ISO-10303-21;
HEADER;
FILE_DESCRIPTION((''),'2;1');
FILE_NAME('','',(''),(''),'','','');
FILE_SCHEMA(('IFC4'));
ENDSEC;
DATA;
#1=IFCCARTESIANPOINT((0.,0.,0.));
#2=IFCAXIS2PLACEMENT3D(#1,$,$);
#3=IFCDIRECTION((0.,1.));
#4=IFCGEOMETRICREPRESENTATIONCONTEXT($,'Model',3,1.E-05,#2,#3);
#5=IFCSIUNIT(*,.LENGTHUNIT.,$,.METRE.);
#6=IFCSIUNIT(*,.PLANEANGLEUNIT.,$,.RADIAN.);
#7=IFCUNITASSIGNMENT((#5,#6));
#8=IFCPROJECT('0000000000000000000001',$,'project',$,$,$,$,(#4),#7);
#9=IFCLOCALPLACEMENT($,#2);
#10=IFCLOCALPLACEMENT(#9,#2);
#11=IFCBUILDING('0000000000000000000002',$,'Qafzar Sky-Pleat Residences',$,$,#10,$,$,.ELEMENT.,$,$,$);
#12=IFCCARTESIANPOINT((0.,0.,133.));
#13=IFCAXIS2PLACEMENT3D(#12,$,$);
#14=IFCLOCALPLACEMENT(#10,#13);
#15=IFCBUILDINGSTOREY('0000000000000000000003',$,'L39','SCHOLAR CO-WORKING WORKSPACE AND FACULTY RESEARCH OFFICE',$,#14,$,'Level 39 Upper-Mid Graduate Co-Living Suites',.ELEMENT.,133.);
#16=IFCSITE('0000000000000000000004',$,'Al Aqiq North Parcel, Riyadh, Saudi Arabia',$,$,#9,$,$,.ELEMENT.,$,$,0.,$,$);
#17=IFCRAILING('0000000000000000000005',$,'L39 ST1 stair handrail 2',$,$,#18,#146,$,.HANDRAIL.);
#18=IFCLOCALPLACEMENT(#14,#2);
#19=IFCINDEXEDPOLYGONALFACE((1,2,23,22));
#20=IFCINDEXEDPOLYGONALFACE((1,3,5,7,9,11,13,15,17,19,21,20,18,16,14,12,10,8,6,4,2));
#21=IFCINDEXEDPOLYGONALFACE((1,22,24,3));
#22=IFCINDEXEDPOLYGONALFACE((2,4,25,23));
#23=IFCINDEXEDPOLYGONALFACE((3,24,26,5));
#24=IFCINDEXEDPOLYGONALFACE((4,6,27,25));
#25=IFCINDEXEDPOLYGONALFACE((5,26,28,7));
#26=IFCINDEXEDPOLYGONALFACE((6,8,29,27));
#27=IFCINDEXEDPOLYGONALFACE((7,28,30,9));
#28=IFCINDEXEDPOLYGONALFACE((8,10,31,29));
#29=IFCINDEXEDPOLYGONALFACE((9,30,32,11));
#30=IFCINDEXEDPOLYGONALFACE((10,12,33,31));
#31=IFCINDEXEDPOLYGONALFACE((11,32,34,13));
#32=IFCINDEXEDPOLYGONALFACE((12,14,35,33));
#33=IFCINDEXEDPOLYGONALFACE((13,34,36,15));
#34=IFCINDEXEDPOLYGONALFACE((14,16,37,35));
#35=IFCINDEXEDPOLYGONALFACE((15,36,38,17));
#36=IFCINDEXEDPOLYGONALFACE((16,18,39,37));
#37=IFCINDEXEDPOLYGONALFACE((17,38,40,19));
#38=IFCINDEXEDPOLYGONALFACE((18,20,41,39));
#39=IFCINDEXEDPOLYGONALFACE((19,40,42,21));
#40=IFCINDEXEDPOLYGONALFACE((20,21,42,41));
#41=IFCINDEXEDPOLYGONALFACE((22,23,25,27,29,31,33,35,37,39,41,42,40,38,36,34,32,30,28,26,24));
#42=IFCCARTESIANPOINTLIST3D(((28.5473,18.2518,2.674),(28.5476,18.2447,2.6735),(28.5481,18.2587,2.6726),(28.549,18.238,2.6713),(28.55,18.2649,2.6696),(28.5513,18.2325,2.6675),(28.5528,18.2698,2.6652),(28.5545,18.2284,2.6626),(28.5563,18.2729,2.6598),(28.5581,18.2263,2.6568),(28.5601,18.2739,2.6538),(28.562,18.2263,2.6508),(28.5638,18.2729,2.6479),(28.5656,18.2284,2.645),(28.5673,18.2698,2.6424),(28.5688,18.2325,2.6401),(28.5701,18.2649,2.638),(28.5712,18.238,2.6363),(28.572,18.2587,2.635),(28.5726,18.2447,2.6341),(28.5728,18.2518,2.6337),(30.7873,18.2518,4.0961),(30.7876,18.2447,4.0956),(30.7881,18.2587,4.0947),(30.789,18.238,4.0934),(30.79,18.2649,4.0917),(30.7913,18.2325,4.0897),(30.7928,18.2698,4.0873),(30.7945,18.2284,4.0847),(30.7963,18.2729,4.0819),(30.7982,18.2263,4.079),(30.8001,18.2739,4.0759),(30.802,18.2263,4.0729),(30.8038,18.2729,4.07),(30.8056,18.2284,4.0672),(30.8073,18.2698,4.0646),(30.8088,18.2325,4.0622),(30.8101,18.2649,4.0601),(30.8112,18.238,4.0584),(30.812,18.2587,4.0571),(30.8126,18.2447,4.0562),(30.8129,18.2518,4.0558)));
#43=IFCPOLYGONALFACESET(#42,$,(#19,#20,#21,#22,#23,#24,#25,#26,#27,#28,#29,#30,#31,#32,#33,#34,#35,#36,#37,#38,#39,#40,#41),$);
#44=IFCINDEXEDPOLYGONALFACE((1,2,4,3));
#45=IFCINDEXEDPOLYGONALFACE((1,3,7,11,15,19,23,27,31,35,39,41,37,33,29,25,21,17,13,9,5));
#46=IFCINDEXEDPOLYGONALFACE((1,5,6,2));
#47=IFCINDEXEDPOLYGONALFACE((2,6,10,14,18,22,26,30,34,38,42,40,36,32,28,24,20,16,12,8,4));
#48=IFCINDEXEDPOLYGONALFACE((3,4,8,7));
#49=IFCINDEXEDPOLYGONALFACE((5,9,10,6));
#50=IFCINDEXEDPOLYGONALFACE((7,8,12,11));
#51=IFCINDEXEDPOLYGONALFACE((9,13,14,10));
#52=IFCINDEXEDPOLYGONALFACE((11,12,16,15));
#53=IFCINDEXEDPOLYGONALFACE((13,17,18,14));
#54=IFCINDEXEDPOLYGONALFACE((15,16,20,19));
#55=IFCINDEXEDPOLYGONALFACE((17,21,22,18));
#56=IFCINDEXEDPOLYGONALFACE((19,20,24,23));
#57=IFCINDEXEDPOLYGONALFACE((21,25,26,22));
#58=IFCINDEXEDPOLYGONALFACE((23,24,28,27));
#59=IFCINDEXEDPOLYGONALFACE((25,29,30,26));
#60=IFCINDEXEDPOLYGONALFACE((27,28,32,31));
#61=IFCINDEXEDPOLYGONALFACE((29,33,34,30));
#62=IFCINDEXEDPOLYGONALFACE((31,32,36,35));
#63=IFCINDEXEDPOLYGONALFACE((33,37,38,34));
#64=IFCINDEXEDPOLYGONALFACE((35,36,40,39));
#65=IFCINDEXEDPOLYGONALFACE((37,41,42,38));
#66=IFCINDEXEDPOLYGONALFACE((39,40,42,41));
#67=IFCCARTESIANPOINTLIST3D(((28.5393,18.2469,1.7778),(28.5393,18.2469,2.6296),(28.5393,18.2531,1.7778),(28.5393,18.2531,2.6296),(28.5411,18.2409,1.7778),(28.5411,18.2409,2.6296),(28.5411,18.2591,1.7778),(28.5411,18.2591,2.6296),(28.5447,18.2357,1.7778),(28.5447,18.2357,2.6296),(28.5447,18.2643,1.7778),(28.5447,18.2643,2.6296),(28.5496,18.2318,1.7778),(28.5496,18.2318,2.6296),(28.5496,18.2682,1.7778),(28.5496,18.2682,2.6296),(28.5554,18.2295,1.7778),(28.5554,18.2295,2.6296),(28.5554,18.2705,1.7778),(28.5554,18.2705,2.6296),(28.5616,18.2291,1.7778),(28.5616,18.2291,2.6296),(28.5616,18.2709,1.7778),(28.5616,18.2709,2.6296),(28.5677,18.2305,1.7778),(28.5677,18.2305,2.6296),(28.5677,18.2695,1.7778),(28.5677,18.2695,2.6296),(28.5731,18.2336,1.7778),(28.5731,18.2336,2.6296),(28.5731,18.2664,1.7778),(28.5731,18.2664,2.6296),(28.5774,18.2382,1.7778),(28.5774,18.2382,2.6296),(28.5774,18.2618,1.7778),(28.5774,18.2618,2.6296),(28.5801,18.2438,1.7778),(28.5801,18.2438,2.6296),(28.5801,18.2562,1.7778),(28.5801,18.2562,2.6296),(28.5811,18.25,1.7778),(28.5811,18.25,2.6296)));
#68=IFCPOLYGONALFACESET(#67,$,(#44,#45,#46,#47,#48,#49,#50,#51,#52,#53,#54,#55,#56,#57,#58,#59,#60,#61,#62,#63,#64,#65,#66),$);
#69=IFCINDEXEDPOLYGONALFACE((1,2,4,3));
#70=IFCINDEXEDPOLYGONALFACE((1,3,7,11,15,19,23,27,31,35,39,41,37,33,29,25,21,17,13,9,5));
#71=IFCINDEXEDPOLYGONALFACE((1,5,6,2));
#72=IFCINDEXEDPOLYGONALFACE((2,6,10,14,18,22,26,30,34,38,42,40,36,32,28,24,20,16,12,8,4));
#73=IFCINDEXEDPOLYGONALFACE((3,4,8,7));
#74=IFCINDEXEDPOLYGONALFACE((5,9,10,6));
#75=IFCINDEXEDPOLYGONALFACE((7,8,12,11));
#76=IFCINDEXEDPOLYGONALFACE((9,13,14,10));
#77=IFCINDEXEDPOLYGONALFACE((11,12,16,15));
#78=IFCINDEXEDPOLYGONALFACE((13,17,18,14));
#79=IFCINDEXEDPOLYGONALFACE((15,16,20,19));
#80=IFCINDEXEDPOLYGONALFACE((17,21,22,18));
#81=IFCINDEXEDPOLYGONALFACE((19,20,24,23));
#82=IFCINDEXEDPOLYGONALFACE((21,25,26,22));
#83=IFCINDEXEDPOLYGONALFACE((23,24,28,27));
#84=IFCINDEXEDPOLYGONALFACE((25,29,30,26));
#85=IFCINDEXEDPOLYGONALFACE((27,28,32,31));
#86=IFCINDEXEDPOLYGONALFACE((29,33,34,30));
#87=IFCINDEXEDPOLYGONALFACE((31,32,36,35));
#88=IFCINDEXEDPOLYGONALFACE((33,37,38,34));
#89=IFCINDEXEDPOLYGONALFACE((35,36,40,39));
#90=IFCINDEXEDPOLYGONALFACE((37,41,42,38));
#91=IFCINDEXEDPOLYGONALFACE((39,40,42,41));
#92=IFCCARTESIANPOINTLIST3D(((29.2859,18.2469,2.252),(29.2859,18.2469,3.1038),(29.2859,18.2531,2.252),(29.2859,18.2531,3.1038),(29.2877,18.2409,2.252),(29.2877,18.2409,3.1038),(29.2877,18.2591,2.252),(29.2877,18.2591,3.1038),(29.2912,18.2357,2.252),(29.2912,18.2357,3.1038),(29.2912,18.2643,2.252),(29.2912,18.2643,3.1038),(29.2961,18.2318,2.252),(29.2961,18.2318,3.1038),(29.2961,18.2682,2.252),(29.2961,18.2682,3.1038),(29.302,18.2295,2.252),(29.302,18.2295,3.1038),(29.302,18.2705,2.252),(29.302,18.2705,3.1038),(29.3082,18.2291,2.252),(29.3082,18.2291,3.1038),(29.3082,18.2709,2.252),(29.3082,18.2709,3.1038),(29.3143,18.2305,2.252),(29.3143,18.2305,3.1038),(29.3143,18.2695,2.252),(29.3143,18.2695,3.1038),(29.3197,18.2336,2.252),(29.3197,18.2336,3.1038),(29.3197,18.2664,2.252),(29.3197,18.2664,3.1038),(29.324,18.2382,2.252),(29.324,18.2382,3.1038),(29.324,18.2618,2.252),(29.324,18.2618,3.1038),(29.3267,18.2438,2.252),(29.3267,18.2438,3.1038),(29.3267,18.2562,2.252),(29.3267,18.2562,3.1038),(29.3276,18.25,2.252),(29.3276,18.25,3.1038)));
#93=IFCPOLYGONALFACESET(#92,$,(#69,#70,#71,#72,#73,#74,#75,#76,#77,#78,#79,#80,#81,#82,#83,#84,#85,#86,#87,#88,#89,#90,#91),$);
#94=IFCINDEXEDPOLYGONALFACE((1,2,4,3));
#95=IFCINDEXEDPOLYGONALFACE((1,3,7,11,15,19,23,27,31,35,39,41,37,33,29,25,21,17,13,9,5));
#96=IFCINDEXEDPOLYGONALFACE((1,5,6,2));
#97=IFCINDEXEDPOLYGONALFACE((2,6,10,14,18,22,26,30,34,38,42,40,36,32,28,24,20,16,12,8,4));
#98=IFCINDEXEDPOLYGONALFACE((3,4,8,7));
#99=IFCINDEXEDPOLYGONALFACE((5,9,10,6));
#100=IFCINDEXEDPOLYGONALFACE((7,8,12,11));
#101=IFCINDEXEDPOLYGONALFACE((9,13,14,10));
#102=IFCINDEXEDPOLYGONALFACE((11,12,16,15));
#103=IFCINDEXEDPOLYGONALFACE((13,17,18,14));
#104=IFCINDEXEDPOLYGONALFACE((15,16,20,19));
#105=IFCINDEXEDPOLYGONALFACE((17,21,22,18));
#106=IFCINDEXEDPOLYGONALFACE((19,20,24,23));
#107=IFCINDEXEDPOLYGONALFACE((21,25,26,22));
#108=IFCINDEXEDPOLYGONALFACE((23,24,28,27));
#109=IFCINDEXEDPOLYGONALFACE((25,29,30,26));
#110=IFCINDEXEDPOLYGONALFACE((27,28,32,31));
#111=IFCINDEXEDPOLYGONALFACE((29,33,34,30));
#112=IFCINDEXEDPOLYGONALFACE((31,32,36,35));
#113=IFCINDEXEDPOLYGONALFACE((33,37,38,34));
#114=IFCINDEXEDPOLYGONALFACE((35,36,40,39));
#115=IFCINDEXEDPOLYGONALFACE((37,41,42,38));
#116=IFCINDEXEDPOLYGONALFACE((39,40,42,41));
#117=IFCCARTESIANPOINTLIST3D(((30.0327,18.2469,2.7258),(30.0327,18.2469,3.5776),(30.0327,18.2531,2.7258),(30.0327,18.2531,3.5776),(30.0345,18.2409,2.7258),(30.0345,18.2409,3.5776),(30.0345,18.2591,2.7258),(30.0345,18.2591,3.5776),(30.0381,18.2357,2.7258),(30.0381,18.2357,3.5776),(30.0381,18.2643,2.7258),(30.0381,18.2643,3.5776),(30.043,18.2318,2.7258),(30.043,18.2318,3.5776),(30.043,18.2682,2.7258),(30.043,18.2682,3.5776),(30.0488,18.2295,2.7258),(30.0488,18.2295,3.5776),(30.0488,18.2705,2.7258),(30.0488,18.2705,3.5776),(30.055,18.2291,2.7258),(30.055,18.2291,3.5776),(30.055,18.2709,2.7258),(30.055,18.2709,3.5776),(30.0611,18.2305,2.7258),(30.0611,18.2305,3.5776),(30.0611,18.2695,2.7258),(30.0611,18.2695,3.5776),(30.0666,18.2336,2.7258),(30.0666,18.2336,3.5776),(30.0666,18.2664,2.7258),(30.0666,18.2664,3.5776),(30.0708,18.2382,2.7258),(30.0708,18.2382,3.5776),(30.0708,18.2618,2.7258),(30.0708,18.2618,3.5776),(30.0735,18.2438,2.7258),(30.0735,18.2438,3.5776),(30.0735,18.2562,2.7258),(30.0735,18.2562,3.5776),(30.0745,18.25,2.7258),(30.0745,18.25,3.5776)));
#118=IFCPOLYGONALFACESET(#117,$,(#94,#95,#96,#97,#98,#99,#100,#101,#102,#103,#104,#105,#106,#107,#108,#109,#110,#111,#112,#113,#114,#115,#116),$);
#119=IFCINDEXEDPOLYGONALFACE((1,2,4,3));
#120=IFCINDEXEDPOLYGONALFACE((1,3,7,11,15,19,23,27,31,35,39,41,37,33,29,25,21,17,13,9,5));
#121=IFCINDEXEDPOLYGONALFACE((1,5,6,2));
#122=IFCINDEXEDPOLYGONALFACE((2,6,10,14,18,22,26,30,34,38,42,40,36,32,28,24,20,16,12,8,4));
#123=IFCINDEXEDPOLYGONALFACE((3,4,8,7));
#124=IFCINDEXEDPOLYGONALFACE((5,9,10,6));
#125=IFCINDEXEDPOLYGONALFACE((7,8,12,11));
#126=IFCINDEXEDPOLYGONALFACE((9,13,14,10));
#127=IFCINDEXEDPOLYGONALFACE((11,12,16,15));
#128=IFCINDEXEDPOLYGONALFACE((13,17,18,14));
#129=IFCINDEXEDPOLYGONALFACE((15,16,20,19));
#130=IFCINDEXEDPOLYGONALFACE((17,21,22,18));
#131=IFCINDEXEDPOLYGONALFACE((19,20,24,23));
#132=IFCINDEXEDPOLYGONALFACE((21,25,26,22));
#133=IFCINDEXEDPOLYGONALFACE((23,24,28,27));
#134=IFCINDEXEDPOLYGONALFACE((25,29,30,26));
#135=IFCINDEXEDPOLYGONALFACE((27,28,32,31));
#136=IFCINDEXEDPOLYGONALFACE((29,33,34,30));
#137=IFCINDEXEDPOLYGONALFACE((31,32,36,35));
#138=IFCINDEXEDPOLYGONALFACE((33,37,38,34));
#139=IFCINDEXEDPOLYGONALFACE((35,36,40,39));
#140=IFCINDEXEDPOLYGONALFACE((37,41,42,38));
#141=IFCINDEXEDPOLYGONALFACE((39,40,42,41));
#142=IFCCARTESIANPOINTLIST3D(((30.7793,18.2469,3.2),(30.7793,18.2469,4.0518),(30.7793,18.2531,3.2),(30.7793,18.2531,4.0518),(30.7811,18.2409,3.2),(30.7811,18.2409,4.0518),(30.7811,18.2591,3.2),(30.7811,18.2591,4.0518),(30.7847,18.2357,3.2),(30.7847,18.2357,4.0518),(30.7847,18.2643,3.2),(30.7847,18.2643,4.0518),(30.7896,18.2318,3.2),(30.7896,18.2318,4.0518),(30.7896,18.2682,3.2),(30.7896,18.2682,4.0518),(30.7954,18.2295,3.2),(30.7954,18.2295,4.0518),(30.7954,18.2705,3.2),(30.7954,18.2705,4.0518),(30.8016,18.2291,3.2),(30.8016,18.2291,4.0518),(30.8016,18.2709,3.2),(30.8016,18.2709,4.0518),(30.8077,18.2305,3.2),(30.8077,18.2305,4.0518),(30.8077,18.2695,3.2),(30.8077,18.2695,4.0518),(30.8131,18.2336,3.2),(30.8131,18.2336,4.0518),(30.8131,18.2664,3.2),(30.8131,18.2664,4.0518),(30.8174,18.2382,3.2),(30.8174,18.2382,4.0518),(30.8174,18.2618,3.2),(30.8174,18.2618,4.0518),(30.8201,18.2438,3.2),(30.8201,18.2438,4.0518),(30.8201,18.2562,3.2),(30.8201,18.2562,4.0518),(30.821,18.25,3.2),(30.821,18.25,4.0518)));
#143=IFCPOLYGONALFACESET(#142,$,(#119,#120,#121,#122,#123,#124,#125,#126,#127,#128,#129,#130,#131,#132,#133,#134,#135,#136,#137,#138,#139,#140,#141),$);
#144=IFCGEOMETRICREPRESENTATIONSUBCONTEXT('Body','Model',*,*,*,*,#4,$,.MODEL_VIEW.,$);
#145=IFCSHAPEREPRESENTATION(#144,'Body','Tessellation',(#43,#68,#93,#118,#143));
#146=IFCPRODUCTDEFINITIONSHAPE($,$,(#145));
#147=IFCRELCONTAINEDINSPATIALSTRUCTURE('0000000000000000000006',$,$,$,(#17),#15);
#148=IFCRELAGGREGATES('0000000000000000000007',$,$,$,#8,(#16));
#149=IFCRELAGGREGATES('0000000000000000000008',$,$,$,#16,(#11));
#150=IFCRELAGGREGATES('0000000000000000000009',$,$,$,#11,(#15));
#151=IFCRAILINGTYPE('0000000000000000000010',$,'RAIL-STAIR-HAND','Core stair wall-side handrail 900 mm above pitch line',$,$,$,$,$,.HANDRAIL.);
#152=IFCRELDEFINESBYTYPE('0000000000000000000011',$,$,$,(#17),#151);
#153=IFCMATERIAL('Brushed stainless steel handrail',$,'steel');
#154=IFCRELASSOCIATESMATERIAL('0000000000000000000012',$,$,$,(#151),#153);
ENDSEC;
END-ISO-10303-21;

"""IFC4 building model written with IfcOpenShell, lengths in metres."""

from ifc_helpers import new_model, si_unit, direction, frame, origin, origin_2d, place, context, subcontext, project, spatial, circle, extrude, source, transform, mapped, material, type_object, element, save


model = new_model("IFC4")

# Units and contexts
model_context = context("Model", 3, precision=1e-05, world=origin(), true_north=direction((0.0, 1.0)))
body_context = subcontext(model_context, "Body", "Model", "MODEL_VIEW")
ifc_project = project(units=[si_unit("LENGTHUNIT", "METRE"), si_unit("PLANEANGLEUNIT", "RADIAN")], contexts=[model_context])

# Site, building, storey
site_placement = place(None, origin())
site = spatial("IfcSite", under=ifc_project, at=site_placement, Name="Al Aqiq North Parcel, Riyadh, Saudi Arabia", CompositionType="ELEMENT", RefElevation=0.0)
building_placement = place(site_placement, origin())
building = spatial("IfcBuilding", under=site, at=building_placement, Name="Qafzar Sky-Pleat Residences", CompositionType="ELEMENT")
storey_placement = place(building_placement, frame((0.0, 0.0, 133.0)))
storey = spatial("IfcBuildingStorey", under=building, at=storey_placement, Name="L39", Description="SCHOLAR CO-WORKING WORKSPACE AND FACULTY RESEARCH OFFICE", LongName="Level 39 Upper-Mid Graduate Co-Living Suites", CompositionType="ELEMENT", Elevation=133.0)

# Railing
ifc_material_1 = material(Name="Brushed stainless steel handrail", Category="steel")
railing_type_1 = type_object("IfcRailingType", Name="RAIL-STAIR-HAND", Description="Core stair wall-side handrail 900 mm above pitch line", PredefinedType="HANDRAIL", material=ifc_material_1)
shared_shape_1 = source(origin(), body_context, "Body", "SweptSolid", [
    extrude(circle(Radius=0.0239, at=origin_2d()), frame((0.0, 0.0, 0.876), z_axis=(0.844229, 0.0, 0.535982), x_axis=(0.0, 1.0, 0.0)), (0.0, 0.0, 1.0), 2.6533),
    extrude(circle(Radius=0.021, at=origin_2d()), origin(), (0.0, 0.0, 1.0), 0.8518),
    extrude(circle(Radius=0.021, at=origin_2d()), frame((0.7466, 0.0, 0.4741)), (0.0, 0.0, 1.0), 0.8518),
    extrude(circle(Radius=0.021, at=origin_2d()), frame((1.4934, 0.0, 0.948)), (0.0, 0.0, 1.0), 0.8518),
    extrude(circle(Radius=0.021, at=origin_2d()), frame((2.24, 0.0, 1.4221)), (0.0, 0.0, 1.0), 0.8518),
])
railing_1_placement = place(storey_placement, frame((28.5601, 18.25, 1.7778)))
element("IfcRailing", 1, at=railing_1_placement, inside=storey, type_object=railing_type_1, Name="L39 ST1 stair handrail 2", PredefinedType="HANDRAIL", context=body_context, shape_type="MappedRepresentation", body=[
    mapped(shared_shape_1, transform((0.0, 0.0, 0.0), x_axis=(1.0, 0.0, 0.0), y_axis=(0.0, 1.0, 0.0), z_axis=(0.0, 0.0, 1.0), scale=1.0)),
])

save(model, "model.ifc")
